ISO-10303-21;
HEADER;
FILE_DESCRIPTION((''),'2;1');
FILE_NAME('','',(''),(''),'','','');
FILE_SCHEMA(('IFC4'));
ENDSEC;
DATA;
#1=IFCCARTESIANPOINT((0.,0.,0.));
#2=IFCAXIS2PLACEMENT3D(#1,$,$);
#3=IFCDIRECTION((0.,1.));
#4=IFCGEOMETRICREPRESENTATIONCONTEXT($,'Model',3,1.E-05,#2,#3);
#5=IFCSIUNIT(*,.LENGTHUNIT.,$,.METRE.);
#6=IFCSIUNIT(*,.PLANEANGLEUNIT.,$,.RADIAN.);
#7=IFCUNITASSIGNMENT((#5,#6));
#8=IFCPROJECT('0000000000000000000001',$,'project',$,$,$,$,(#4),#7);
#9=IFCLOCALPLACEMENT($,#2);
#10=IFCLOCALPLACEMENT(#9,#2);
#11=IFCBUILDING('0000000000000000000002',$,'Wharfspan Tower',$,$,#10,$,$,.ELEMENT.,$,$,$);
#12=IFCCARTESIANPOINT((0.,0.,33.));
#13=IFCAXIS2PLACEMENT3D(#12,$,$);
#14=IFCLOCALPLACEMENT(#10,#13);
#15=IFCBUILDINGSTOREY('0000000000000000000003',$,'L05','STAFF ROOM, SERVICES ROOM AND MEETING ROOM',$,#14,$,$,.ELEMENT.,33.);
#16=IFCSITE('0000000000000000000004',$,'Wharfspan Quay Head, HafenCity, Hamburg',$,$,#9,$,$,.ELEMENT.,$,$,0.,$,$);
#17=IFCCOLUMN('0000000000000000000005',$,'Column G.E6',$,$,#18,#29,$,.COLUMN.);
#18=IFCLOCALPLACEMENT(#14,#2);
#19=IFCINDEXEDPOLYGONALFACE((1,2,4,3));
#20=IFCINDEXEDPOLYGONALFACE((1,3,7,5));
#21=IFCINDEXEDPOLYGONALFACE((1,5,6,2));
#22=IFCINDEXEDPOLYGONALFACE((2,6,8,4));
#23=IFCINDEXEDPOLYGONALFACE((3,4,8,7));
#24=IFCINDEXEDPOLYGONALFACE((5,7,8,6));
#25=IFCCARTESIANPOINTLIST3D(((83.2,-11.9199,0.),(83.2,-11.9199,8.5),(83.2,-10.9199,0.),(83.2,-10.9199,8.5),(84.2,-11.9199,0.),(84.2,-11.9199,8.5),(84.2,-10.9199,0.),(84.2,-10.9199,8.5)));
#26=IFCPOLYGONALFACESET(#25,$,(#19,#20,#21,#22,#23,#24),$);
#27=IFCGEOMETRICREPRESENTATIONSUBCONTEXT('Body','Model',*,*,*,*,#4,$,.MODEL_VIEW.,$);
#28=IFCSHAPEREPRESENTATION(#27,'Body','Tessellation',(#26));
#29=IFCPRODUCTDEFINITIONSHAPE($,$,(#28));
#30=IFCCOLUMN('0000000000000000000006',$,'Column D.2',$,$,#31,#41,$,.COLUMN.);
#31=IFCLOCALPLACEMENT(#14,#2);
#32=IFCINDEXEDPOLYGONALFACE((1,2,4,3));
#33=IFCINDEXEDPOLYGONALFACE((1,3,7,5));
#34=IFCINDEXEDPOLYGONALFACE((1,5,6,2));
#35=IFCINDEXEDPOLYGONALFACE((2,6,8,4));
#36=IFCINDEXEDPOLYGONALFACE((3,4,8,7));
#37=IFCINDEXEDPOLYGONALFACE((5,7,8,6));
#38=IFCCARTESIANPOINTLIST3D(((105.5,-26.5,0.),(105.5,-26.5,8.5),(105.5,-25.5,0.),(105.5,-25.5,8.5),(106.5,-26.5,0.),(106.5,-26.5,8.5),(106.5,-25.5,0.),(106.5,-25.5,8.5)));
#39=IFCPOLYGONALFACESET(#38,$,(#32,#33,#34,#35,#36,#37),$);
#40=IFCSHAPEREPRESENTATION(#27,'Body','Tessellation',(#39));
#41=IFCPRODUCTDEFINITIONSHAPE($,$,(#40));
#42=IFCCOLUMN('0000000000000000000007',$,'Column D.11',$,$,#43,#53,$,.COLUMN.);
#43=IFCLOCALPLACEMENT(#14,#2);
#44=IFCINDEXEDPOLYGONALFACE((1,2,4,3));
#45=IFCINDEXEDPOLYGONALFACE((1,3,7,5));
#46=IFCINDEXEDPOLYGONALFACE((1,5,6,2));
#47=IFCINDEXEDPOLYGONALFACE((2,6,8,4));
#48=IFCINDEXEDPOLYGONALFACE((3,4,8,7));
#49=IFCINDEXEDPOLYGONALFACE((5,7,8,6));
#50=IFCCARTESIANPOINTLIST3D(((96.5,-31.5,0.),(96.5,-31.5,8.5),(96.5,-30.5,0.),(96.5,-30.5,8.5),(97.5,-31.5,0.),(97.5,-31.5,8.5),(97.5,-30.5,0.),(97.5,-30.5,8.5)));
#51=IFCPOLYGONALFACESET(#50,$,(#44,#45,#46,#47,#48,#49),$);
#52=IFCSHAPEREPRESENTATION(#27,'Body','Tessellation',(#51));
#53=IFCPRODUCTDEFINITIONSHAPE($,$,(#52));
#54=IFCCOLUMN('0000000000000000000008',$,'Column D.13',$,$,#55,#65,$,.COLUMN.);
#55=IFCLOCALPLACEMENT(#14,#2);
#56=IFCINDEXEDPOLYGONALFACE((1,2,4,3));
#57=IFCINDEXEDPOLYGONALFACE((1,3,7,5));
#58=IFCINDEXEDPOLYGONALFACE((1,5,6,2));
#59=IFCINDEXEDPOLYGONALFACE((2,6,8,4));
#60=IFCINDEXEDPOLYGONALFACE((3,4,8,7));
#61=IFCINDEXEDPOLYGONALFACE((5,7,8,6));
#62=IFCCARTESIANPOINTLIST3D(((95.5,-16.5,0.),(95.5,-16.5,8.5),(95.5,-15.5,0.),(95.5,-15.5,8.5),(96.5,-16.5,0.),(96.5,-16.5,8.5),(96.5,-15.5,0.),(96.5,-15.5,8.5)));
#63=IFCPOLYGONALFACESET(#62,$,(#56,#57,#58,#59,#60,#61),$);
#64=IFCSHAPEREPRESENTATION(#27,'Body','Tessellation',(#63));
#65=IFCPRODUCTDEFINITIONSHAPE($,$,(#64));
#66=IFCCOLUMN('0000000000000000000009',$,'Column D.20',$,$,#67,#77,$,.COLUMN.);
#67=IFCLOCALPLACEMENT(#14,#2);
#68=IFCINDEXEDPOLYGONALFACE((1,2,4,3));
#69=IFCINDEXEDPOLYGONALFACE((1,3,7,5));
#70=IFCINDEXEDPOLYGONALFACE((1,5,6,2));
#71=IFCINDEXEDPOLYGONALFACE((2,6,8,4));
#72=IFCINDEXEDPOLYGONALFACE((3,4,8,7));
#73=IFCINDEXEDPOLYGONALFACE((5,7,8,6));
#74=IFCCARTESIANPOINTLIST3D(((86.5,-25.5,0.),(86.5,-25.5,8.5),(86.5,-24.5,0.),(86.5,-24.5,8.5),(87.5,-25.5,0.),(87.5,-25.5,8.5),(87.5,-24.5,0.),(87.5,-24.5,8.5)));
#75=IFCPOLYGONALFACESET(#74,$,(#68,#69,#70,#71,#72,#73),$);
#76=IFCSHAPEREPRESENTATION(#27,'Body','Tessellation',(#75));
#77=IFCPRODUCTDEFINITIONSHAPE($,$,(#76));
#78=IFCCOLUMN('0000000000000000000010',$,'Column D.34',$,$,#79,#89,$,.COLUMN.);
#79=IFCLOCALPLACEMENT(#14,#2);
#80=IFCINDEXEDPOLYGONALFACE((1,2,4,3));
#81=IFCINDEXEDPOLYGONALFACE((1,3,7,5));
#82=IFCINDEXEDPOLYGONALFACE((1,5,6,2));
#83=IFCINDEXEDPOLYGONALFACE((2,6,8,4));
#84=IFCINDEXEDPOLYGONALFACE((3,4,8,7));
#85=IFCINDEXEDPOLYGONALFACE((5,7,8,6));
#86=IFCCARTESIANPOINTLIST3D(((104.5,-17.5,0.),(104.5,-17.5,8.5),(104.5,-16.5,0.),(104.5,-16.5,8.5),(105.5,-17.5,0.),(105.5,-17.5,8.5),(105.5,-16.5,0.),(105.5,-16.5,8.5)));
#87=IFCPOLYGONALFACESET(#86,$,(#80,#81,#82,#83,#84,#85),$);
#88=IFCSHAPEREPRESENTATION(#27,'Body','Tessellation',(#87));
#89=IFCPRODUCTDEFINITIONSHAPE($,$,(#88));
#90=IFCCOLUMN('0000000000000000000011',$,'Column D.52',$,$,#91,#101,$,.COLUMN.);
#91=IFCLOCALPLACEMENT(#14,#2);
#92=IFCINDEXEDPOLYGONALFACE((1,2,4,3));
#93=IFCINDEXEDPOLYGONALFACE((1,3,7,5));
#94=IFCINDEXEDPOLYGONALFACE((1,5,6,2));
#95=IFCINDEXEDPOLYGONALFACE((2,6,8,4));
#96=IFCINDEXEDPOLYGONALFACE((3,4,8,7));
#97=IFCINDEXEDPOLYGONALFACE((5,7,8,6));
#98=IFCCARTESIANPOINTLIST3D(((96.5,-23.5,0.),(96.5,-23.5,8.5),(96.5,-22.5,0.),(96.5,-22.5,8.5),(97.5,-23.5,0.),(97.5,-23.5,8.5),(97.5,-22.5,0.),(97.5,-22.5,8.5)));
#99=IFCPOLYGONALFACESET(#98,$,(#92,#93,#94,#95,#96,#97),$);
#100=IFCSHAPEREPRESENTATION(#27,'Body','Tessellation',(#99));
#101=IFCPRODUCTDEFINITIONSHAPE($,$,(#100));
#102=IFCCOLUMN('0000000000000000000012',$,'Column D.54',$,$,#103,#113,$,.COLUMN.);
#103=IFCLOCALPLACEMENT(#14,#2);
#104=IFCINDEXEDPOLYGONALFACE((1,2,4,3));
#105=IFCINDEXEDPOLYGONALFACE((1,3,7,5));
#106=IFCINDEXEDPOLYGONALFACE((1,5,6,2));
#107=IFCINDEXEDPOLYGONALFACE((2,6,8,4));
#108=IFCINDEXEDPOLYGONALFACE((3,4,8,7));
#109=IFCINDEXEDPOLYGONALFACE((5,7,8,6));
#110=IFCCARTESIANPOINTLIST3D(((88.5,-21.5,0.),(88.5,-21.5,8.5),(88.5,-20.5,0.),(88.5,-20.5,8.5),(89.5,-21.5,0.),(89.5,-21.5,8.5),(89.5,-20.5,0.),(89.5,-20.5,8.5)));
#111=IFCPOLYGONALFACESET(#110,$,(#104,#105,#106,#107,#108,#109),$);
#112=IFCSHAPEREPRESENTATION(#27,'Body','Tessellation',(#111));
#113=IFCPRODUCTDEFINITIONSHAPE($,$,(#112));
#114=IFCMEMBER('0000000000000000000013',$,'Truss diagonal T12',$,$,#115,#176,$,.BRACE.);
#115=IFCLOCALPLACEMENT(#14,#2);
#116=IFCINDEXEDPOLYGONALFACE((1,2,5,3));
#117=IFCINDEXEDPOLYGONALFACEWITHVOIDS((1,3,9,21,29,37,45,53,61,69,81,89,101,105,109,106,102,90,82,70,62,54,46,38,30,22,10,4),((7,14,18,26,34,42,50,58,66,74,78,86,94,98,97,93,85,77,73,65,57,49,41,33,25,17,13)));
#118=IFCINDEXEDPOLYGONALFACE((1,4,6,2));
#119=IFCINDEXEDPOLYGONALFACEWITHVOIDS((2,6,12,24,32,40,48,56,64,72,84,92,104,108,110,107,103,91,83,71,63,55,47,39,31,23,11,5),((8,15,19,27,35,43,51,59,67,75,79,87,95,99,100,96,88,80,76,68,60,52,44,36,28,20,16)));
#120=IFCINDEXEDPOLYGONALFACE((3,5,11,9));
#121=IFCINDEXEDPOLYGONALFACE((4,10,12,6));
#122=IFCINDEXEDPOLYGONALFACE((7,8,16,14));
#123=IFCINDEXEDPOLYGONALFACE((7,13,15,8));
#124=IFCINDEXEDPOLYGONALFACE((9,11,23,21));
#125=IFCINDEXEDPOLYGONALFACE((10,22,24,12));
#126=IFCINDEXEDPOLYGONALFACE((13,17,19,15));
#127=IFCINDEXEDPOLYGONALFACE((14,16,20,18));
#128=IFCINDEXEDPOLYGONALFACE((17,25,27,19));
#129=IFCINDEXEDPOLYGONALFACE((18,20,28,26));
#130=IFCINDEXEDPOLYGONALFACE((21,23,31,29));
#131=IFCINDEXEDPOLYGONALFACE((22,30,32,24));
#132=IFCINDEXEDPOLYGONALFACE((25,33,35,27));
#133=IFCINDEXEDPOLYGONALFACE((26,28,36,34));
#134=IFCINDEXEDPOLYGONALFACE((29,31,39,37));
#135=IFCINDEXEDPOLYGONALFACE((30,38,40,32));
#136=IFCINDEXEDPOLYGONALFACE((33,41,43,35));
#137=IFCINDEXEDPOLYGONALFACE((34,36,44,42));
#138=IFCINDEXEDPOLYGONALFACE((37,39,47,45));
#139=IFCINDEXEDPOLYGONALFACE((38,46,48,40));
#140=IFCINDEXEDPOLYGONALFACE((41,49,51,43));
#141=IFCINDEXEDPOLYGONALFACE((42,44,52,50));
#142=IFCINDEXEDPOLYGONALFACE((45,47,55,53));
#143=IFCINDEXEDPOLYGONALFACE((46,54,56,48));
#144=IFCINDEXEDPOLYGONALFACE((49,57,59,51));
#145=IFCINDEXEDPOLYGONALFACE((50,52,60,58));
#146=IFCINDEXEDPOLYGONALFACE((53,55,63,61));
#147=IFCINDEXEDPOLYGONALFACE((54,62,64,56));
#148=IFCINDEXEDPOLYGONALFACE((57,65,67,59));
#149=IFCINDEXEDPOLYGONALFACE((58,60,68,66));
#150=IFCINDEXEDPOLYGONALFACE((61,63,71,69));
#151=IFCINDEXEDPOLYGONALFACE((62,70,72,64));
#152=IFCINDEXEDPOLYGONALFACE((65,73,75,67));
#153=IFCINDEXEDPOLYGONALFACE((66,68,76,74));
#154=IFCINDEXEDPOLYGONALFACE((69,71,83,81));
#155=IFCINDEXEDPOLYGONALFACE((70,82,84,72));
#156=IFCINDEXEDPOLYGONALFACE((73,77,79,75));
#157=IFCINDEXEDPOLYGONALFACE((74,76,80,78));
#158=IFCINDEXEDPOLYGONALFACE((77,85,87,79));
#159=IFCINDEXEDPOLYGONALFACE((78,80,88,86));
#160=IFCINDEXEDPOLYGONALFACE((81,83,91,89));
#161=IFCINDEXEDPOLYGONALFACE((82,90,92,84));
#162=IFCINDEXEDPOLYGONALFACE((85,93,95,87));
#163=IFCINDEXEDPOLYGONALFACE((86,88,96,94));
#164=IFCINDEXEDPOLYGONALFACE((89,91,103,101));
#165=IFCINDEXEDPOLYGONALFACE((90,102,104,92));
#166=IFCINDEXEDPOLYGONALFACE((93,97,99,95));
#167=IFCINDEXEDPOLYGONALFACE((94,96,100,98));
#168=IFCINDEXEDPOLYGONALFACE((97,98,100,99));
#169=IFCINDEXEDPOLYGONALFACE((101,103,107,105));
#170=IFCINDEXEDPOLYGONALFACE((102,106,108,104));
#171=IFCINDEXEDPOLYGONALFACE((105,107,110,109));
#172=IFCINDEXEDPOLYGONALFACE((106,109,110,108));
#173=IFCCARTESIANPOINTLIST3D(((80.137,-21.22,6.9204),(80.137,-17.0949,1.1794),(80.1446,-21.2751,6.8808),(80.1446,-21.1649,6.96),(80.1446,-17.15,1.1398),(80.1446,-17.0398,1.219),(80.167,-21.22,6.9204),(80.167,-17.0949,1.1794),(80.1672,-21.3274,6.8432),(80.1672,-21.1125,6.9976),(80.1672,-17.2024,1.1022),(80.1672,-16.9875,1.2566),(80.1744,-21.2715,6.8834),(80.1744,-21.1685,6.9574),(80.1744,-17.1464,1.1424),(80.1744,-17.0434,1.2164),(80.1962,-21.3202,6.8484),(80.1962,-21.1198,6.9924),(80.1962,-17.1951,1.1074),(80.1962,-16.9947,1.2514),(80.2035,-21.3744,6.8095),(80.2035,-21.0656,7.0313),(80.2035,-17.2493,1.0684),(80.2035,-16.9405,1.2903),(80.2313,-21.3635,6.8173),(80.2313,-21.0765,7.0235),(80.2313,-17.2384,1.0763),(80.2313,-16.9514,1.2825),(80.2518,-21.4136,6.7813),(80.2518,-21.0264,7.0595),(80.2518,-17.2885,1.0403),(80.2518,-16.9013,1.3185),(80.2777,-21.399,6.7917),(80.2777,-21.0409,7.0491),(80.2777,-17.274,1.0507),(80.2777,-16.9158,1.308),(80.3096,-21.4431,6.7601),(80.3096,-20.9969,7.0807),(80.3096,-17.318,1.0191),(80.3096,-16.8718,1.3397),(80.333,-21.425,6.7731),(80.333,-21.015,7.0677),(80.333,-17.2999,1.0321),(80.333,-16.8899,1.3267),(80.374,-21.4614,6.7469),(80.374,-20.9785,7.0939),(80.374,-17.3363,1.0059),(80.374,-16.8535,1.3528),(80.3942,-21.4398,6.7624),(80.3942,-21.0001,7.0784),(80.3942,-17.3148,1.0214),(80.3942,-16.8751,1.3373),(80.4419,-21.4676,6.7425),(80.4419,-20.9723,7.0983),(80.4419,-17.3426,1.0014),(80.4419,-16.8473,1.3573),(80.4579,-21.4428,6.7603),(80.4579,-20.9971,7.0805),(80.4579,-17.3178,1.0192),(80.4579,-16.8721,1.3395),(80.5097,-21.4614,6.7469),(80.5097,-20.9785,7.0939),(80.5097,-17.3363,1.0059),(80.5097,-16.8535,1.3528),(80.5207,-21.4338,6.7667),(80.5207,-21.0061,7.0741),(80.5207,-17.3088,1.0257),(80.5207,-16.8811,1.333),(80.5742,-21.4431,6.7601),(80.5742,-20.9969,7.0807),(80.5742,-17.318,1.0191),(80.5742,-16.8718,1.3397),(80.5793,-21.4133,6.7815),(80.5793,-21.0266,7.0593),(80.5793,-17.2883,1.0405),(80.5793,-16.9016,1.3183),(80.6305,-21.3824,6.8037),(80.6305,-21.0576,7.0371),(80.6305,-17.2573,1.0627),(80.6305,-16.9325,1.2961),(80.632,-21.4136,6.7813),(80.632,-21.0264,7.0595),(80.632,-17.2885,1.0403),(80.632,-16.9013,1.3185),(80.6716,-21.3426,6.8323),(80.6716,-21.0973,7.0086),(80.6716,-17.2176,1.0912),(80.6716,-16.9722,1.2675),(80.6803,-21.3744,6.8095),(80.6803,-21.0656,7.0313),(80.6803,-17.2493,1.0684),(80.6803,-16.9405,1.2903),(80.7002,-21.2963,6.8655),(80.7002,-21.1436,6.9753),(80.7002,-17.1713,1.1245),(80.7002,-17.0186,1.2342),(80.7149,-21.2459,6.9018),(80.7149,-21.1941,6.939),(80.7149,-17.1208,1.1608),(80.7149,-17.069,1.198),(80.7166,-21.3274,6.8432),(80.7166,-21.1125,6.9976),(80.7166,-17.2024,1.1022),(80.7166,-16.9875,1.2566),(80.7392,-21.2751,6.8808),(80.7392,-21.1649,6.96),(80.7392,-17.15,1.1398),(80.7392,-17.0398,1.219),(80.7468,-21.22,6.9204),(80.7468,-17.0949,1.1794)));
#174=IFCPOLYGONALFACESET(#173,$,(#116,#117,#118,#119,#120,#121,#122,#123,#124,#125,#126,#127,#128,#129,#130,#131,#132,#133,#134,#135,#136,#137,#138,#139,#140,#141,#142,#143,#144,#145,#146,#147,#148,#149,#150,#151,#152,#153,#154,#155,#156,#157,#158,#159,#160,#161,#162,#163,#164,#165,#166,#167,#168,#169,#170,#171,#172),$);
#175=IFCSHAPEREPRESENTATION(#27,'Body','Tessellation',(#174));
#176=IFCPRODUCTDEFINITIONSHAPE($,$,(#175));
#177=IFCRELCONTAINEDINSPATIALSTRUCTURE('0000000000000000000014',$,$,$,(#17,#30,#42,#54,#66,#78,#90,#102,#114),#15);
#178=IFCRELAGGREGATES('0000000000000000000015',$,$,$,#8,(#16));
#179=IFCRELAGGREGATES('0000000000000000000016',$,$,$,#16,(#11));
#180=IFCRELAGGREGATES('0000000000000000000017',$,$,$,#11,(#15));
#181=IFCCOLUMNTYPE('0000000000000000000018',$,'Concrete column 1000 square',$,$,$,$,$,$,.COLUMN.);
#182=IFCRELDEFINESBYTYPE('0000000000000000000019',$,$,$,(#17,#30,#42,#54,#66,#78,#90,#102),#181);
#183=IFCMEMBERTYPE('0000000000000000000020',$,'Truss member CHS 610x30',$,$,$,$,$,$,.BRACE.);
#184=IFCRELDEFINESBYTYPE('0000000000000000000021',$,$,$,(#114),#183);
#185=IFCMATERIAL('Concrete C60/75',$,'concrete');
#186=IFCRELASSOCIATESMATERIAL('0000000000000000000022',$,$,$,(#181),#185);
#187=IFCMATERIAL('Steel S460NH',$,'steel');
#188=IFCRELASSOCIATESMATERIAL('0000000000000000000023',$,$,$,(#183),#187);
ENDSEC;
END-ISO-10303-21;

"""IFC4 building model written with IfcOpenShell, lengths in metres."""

from ifc_helpers import new_model, si_unit, direction, frame, origin, origin_2d, place, context, subcontext, project, spatial, rectangle, hollow_circle, extrude, material, material_profile, profile_set, type_object, element, save


model = new_model("IFC4")

# Units and contexts
model_context = context("Model", 3, precision=1e-05, world=origin(), true_north=direction((0.0, 1.0)))
body_context = subcontext(model_context, "Body", "Model", "MODEL_VIEW")
ifc_project = project(units=[si_unit("LENGTHUNIT", "METRE"), si_unit("PLANEANGLEUNIT", "RADIAN")], contexts=[model_context])

# Site, building, storey
site_placement = place(None, origin())
site = spatial("IfcSite", under=ifc_project, at=site_placement, Name="Wharfspan Quay Head, HafenCity, Hamburg", CompositionType="ELEMENT", RefElevation=0.0)
building_placement = place(site_placement, origin())
building = spatial("IfcBuilding", under=site, at=building_placement, Name="Wharfspan Tower", CompositionType="ELEMENT")
storey_placement = place(building_placement, frame((0.0, 0.0, 33.0)))
storey = spatial("IfcBuildingStorey", under=building, at=storey_placement, Name="L05", Description="STAFF ROOM, SERVICES ROOM AND MEETING ROOM", CompositionType="ELEMENT", Elevation=33.0)

# Columns
ifc_material_1 = material(Name="Concrete C60/75", Category="concrete")
ifc_material_profile_1 = material_profile(ifc_material_1, rectangle(XDim=1.0, YDim=1.0, at=origin_2d()))
ifc_profile_set_1 = profile_set([ifc_material_profile_1], Name="Concrete C60/75")
column_type = type_object("IfcColumnType", Name="Concrete column 1000 square", PredefinedType="COLUMN", material=ifc_profile_set_1)
for number, where, z_axis, x_axis, name in (
    (1, (83.7, -11.4199, 0.0), (0.0, 0.0, 1.0), (1.0, 0.0, 0.0), "Column G.E6"),
    (2, (106.0, -26.0, 0.0), (0.0, 0.0, 1.0), (1.0, 0.0, 0.0), "Column D.2"),
    (3, (97.0, -31.0, 0.0), (0.0, 0.0, 1.0), (1.0, 0.0, 0.0), "Column D.11"),
    (4, (96.0, -16.0, 0.0), (0.0, 0.0, 1.0), (1.0, 0.0, 0.0), "Column D.13"),
    (5, (87.0, -25.0, 0.0), (0.0, 0.0, 1.0), (1.0, 0.0, 0.0), "Column D.20"),
    (6, (105.0, -17.0, 0.0), (0.0, 0.0, 1.0), (1.0, 0.0, 0.0), "Column D.34"),
    (7, (97.0, -23.0, 0.0), (0.0, 0.0, 1.0), (1.0, 0.0, 0.0), "Column D.52"),
    (8, (89.0, -21.0, 0.0), (0.0, 0.0, 1.0), (1.0, 0.0, 0.0), "Column D.54"),
):
    element("IfcColumn", number, at=place(storey_placement, frame(where, z_axis=z_axis, x_axis=x_axis)), inside=storey, type_object=column_type, Name=name, PredefinedType="COLUMN", context=body_context, shape_type="SweptSolid", body=[
        extrude(rectangle(XDim=1.0, YDim=1.0, at=origin_2d()), origin(), (0.0, 0.0, 1.0), 8.5),
    ])

# Member
ifc_material_2 = material(Name="Steel S460NH", Category="steel")
ifc_material_profile_2 = material_profile(ifc_material_2, hollow_circle(Radius=0.3049, WallThickness=0.03, at=origin_2d()))
ifc_profile_set_2 = profile_set([ifc_material_profile_2], Name="Steel S460NH")
member_type_1 = type_object("IfcMemberType", Name="Truss member CHS 610x30", PredefinedType="BRACE", material=ifc_profile_set_2)
member_1_placement = place(storey_placement, frame((80.4419, -21.22, 6.9204), z_axis=(0.0, 0.583513, -0.812104), x_axis=(-1.0, 0.0, 0.0)))
element("IfcMember", 9, at=member_1_placement, inside=storey, type_object=member_type_1, Name="Truss diagonal T12", PredefinedType="BRACE", context=body_context, shape_type="SweptSolid", body=[
    extrude(hollow_circle(Radius=0.3049, WallThickness=0.03, at=origin_2d()), origin(), (0.0, 0.0, 1.0), 7.0693),
])

save(model, "model.ifc")
